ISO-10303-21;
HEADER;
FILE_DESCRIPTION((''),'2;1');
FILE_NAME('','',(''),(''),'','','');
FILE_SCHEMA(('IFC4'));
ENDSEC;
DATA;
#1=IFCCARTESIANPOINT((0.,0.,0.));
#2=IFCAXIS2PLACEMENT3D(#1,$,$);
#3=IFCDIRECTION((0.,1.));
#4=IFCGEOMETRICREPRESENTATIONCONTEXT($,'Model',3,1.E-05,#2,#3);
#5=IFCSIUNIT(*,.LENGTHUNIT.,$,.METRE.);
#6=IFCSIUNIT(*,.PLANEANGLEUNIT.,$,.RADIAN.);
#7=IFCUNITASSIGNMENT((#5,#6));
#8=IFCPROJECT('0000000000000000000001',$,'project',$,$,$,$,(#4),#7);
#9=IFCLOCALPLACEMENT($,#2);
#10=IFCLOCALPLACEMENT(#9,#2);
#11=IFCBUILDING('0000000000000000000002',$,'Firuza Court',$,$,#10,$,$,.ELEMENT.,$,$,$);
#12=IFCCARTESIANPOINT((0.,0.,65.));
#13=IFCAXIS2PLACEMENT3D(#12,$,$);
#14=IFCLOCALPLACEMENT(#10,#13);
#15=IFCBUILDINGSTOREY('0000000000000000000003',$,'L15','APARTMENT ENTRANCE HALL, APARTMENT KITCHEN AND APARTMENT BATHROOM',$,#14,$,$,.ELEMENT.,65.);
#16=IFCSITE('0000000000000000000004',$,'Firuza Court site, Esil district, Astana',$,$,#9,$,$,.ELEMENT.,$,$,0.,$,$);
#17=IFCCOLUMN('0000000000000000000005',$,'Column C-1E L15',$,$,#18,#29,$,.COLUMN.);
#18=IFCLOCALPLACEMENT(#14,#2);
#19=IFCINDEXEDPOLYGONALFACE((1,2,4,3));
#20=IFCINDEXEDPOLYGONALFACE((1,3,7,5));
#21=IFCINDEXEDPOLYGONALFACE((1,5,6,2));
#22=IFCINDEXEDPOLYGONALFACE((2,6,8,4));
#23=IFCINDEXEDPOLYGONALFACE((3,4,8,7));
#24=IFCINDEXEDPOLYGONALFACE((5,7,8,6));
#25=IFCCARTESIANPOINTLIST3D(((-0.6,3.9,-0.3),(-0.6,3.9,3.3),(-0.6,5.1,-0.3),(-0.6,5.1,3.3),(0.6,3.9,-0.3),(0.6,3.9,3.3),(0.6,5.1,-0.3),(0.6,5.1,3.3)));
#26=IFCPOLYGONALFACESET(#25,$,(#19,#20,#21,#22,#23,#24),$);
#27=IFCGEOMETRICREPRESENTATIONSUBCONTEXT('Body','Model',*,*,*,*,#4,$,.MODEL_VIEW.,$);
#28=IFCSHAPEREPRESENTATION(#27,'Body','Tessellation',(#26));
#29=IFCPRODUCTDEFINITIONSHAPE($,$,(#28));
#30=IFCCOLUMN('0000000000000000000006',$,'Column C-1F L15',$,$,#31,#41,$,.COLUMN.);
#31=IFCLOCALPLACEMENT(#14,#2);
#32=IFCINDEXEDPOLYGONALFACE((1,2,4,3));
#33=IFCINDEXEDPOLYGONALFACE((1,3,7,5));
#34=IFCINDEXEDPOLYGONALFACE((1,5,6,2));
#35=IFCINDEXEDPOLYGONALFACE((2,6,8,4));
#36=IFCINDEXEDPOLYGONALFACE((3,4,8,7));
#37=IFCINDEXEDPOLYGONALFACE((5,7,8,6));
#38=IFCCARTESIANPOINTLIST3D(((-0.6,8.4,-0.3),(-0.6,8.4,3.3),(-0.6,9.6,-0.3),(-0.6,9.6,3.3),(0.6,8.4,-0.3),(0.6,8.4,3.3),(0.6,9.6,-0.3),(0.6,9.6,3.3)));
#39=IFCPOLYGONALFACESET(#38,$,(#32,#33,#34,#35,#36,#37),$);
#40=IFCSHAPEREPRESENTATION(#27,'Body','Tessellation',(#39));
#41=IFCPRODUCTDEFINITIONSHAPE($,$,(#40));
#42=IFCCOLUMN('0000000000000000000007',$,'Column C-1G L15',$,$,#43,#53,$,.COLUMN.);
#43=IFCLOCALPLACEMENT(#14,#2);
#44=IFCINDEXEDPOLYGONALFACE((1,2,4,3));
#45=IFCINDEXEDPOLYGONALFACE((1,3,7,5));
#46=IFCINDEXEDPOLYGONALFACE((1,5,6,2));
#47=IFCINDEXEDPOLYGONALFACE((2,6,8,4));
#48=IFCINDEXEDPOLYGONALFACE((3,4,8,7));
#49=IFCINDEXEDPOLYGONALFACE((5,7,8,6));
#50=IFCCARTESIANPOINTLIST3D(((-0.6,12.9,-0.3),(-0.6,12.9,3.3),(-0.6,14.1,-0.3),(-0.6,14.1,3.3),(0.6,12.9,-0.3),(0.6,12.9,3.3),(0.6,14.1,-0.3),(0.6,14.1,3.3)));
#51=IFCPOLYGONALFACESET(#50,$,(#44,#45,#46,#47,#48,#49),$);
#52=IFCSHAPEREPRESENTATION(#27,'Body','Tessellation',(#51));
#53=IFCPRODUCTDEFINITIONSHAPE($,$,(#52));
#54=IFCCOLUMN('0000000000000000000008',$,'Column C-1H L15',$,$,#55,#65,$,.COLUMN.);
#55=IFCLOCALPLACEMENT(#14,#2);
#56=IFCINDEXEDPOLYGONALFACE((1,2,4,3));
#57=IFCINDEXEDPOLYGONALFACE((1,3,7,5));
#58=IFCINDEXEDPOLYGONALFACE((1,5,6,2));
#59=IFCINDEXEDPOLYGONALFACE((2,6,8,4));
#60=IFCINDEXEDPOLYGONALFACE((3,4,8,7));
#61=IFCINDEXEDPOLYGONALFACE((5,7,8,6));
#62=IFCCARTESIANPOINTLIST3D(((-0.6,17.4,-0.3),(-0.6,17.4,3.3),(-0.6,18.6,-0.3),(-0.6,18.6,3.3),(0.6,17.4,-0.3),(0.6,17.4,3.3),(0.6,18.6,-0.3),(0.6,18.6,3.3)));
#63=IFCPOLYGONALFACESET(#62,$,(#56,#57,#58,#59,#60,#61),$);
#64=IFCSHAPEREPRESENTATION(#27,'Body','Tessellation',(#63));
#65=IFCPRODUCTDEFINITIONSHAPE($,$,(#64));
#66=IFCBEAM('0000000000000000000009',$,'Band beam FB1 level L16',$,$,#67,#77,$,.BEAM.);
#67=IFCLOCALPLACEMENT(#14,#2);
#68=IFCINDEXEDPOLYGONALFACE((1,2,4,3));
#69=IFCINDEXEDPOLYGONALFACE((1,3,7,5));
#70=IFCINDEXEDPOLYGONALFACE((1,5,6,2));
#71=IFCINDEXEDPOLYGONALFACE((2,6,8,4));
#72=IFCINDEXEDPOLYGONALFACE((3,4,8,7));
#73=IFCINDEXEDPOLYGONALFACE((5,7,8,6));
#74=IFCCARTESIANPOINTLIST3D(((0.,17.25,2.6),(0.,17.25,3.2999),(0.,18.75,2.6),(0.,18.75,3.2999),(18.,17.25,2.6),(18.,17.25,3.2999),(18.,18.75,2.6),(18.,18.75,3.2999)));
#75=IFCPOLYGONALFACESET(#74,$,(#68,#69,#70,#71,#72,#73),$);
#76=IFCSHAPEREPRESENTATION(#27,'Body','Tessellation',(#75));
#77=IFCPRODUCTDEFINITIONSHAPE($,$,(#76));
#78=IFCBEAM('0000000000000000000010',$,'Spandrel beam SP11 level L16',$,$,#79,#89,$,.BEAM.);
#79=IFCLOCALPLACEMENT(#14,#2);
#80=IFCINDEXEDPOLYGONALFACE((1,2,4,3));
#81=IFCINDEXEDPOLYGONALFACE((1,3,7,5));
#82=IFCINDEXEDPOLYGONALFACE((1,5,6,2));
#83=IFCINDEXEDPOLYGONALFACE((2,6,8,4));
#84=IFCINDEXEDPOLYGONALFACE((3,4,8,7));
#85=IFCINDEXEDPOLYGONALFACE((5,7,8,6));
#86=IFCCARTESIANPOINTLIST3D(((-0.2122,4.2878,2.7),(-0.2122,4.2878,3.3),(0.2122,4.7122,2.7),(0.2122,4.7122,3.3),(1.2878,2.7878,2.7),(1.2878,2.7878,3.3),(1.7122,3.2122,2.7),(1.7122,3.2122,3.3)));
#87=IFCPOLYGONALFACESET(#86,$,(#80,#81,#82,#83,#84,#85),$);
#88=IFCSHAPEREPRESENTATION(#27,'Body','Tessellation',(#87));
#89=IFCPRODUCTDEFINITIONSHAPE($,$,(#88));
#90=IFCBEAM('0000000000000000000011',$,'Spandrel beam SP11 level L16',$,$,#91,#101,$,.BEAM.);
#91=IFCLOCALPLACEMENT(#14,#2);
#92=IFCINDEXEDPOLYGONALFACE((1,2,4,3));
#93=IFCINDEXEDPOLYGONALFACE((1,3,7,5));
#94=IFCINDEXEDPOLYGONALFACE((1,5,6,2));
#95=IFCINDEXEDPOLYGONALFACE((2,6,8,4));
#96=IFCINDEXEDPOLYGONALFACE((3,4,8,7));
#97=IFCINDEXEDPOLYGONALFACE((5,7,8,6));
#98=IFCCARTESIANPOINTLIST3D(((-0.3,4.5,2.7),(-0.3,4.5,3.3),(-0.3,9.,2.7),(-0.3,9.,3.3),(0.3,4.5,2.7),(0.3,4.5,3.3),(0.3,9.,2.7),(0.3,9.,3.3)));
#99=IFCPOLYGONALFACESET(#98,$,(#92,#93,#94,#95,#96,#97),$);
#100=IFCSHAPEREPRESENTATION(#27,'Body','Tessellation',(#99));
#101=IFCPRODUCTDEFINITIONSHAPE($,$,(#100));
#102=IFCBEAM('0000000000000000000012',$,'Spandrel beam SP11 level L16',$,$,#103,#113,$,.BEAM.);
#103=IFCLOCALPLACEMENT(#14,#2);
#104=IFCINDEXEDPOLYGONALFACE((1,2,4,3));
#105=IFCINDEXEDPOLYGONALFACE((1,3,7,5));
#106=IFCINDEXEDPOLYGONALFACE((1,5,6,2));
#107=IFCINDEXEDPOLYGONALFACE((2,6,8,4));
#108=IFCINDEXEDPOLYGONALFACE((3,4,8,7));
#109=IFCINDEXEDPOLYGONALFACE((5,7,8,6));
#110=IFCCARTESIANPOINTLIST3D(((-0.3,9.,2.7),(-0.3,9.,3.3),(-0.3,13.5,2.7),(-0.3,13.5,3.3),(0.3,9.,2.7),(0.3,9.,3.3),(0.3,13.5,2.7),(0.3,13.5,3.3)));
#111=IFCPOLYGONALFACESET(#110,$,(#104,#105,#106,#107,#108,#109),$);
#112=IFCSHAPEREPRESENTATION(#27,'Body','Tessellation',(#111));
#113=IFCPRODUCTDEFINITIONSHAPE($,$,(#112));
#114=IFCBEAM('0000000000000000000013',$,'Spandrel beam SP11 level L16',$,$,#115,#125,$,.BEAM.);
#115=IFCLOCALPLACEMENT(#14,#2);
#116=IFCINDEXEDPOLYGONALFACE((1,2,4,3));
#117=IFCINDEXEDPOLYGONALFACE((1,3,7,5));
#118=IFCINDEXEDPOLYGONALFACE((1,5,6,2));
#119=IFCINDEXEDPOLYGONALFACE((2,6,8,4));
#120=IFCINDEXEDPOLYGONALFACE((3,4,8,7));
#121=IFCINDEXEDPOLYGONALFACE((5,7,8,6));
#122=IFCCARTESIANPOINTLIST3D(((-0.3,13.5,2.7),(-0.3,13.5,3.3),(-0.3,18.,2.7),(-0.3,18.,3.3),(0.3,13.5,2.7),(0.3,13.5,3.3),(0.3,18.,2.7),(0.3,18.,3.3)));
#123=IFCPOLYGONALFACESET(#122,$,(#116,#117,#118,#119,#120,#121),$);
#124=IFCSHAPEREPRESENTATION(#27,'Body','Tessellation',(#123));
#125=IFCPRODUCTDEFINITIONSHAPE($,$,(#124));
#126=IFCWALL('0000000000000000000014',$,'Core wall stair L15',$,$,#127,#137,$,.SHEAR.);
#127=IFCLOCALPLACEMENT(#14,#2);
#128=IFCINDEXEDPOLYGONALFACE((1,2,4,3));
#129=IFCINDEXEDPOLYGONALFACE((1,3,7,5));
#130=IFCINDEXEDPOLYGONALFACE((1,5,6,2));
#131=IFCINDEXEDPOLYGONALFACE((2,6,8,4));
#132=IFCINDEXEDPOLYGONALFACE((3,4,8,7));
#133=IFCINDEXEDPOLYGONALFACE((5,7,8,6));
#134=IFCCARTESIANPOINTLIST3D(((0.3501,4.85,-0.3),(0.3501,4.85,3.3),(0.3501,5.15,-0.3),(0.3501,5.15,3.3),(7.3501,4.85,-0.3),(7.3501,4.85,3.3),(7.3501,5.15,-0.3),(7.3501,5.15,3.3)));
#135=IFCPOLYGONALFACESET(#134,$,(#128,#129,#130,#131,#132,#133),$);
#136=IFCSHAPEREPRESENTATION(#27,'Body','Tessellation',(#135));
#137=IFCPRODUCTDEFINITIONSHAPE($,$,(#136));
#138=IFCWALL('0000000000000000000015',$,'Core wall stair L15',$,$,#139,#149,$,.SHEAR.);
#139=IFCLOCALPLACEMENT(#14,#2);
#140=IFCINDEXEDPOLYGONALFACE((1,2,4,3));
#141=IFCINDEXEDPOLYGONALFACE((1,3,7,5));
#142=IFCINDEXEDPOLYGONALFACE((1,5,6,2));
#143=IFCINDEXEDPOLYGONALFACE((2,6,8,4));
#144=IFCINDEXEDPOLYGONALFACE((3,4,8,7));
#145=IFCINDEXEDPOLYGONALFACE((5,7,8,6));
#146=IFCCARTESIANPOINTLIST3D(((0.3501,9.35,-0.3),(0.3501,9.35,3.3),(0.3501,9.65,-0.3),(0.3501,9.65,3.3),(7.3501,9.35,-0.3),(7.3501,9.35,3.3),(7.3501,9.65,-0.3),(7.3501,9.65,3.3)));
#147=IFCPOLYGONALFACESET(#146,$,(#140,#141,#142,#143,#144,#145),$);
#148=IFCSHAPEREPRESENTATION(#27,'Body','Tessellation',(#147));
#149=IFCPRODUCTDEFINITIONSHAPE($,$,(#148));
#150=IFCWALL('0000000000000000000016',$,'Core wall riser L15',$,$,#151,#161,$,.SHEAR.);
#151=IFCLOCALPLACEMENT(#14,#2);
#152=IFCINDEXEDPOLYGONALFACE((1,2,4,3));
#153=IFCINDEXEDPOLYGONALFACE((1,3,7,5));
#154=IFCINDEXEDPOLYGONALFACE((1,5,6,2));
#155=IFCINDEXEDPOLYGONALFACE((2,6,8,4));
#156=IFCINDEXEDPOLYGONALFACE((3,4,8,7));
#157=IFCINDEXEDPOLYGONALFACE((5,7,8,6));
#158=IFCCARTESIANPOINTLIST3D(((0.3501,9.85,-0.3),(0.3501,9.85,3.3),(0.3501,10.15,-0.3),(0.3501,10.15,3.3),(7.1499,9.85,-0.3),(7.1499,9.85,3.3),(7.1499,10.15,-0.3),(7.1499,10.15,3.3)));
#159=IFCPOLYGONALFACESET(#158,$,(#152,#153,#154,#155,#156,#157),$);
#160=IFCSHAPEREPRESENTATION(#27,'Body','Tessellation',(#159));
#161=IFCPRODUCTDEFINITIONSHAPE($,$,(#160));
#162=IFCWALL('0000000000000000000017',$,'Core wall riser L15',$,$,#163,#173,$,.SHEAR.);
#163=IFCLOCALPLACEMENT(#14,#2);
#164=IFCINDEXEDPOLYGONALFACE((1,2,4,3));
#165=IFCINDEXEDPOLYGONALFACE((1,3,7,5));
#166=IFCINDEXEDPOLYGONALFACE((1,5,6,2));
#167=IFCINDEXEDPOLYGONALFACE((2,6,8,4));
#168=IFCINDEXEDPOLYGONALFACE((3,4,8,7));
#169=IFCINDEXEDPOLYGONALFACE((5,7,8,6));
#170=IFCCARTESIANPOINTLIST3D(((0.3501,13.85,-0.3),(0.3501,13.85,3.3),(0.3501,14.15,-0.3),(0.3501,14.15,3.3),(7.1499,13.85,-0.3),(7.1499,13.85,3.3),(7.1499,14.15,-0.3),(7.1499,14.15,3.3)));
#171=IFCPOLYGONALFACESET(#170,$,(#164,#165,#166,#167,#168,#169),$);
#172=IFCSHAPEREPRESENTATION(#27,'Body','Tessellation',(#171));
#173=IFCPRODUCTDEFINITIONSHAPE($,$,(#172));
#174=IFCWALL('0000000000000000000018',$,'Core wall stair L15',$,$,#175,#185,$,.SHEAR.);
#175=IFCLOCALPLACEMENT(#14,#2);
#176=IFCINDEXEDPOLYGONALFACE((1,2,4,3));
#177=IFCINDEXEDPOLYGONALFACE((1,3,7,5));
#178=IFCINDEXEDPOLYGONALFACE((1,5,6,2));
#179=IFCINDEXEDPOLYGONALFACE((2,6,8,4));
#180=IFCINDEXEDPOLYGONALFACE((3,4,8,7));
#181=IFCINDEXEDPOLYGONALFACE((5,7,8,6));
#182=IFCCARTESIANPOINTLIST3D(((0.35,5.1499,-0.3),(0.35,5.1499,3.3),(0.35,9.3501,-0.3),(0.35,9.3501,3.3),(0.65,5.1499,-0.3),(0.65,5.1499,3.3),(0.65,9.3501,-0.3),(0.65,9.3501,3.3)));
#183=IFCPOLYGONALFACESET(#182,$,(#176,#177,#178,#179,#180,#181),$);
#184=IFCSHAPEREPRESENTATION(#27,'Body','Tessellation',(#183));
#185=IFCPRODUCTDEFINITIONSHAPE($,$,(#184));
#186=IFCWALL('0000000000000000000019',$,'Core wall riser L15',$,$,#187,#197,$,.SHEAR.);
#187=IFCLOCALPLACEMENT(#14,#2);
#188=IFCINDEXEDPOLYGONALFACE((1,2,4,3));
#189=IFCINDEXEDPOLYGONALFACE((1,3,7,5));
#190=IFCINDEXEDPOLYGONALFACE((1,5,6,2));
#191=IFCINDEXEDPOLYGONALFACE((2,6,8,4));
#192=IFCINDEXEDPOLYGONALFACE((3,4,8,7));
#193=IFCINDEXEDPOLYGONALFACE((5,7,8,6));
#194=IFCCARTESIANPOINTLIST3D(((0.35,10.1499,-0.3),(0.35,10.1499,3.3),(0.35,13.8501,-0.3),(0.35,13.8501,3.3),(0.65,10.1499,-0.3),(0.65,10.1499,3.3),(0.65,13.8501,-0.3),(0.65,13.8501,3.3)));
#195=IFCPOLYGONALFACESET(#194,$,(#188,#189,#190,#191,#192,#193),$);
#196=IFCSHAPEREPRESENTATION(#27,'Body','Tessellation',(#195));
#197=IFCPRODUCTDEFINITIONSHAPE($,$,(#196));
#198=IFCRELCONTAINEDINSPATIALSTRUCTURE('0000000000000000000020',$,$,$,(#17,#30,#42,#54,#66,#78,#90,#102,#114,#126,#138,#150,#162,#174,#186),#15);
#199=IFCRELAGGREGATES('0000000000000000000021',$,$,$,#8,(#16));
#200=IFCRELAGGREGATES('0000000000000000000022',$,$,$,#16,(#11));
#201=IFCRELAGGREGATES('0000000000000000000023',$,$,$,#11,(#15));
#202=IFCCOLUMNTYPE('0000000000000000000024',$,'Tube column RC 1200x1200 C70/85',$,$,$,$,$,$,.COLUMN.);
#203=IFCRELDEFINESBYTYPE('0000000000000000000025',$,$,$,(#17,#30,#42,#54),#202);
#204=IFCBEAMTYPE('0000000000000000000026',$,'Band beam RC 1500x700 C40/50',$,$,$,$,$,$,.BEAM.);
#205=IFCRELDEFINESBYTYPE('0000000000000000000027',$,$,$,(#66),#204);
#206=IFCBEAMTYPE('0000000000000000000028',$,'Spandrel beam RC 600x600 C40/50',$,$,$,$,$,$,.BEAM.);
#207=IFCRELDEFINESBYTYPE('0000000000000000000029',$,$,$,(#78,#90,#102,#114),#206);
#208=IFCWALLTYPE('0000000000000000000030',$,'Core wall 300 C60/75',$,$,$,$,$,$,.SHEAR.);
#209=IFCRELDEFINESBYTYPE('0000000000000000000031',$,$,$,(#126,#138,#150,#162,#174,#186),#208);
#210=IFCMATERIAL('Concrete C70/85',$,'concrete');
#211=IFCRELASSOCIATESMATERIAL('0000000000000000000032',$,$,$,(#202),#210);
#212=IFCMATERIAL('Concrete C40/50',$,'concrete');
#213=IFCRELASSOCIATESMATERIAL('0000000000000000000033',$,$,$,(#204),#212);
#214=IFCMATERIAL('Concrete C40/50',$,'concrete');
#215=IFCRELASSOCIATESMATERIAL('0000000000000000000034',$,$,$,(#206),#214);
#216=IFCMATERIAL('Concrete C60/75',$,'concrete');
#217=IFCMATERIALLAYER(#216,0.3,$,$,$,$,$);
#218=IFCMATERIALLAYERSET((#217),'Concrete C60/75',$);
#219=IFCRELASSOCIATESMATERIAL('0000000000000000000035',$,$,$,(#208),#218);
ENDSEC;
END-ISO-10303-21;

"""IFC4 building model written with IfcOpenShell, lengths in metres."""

from ifc_helpers import new_model, si_unit, direction, frame, frame_2d, origin, origin_2d, place, context, subcontext, project, spatial, rectangle, extrude, material, layer, layer_set, material_profile, profile_set, type_object, element, save


model = new_model("IFC4")

# Units and contexts
model_context = context("Model", 3, precision=1e-05, world=origin(), true_north=direction((0.0, 1.0)))
body_context = subcontext(model_context, "Body", "Model", "MODEL_VIEW")
ifc_project = project(units=[si_unit("LENGTHUNIT", "METRE"), si_unit("PLANEANGLEUNIT", "RADIAN")], contexts=[model_context])

# Site, building, storey
site_placement = place(None, origin())
site = spatial("IfcSite", under=ifc_project, at=site_placement, Name="Firuza Court site, Esil district, Astana", CompositionType="ELEMENT", RefElevation=0.0)
building_placement = place(site_placement, origin())
building = spatial("IfcBuilding", under=site, at=building_placement, Name="Firuza Court", CompositionType="ELEMENT")
storey_placement = place(building_placement, frame((0.0, 0.0, 65.0)))
storey = spatial("IfcBuildingStorey", under=building, at=storey_placement, Name="L15", Description="APARTMENT ENTRANCE HALL, APARTMENT KITCHEN AND APARTMENT BATHROOM", CompositionType="ELEMENT", Elevation=65.0)

# Columns
ifc_material_1 = material(Name="Concrete C70/85", Category="concrete")
ifc_material_profile_1 = material_profile(ifc_material_1, rectangle(XDim=1.2, YDim=1.2, at=origin_2d()), Name="RC 1200x1200")
ifc_profile_set_1 = profile_set([ifc_material_profile_1], Name="Concrete C70/85")
column_type = type_object("IfcColumnType", Name="Tube column RC 1200x1200 C70/85", PredefinedType="COLUMN", material=ifc_profile_set_1)
for number, where, z_axis, x_axis, name in (
    (1, (0.0, 4.5, -0.3), (0.0, 0.0, 1.0), (1.0, 0.0, 0.0), "Column C-1E L15"),
    (2, (0.0, 9.0, -0.3), (0.0, 0.0, 1.0), (1.0, 0.0, 0.0), "Column C-1F L15"),
    (3, (0.0, 13.5, -0.3), (0.0, 0.0, 1.0), (1.0, 0.0, 0.0), "Column C-1G L15"),
    (4, (0.0, 18.0, -0.3), (0.0, 0.0, 1.0), (1.0, 0.0, 0.0), "Column C-1H L15"),
):
    element("IfcColumn", number, at=place(storey_placement, frame(where, z_axis=z_axis, x_axis=x_axis)), inside=storey, type_object=column_type, Name=name, PredefinedType="COLUMN", context=body_context, shape_type="SweptSolid", body=[
        extrude(rectangle(XDim=1.2, YDim=1.2, at=origin_2d()), origin(), (0.0, 0.0, 1.0), 3.6001),
    ])

# Beams
ifc_material_2 = material(Name="Concrete C40/50", Category="concrete")
ifc_material_profile_2 = material_profile(ifc_material_2, rectangle(XDim=1.5, YDim=0.7, at=origin_2d()), Name="RC 1500x700")
ifc_profile_set_2 = profile_set([ifc_material_profile_2], Name="Concrete C40/50")
beam_type_1 = type_object("IfcBeamType", Name="Band beam RC 1500x700 C40/50", PredefinedType="BEAM", material=ifc_profile_set_2)
beam_1_placement = place(storey_placement, frame((0.0, 18.0, 2.95), z_axis=(1.0, 0.0, 0.0), x_axis=(0.0, 1.0, 0.0)))
element("IfcBeam", 5, at=beam_1_placement, inside=storey, type_object=beam_type_1, Name="Band beam FB1 level L16", PredefinedType="BEAM", context=body_context, shape_type="SweptSolid", body=[
    extrude(rectangle(XDim=1.5, YDim=0.7, at=origin_2d()), origin(), (0.0, 0.0, 1.0), 18.0),
])
ifc_material_3 = material(Name="Concrete C40/50", Category="concrete")
ifc_material_profile_3 = material_profile(ifc_material_3, rectangle(XDim=0.6001, YDim=0.6001, at=origin_2d()), Name="RC 600x600")
ifc_profile_set_3 = profile_set([ifc_material_profile_3], Name="Concrete C40/50")
beam_type_2 = type_object("IfcBeamType", Name="Spandrel beam RC 600x600 C40/50", PredefinedType="BEAM", material=ifc_profile_set_3)
beam_2_placement = place(storey_placement, frame((0.0, 4.5, 3.0), z_axis=(0.707107, -0.707107, 0.0), x_axis=(0.707107, 0.707107, 0.0)))
element("IfcBeam", 6, at=beam_2_placement, inside=storey, type_object=beam_type_2, Name="Spandrel beam SP11 level L16", PredefinedType="BEAM", context=body_context, shape_type="SweptSolid", body=[
    extrude(rectangle(XDim=0.6001, YDim=0.6001, at=origin_2d()), origin(), (0.0, 0.0, 1.0), 2.1213),
])
for number, where, z_axis, x_axis, name in (
    (7, (0.0, 9.0, 3.0), (0.0, -1.0, 0.0), (1.0, 0.0, 0.0), "Spandrel beam SP11 level L16"),
    (8, (0.0, 13.5, 3.0), (0.0, -1.0, 0.0), (1.0, 0.0, 0.0), "Spandrel beam SP11 level L16"),
    (9, (0.0, 18.0, 3.0), (0.0, -1.0, 0.0), (1.0, 0.0, 0.0), "Spandrel beam SP11 level L16"),
):
    element("IfcBeam", number, at=place(storey_placement, frame(where, z_axis=z_axis, x_axis=x_axis)), inside=storey, type_object=beam_type_2, Name=name, PredefinedType="BEAM", context=body_context, shape_type="SweptSolid", body=[
        extrude(rectangle(XDim=0.6001, YDim=0.6001, at=origin_2d()), origin(), (0.0, 0.0, 1.0), 4.5),
    ])

# Walls
ifc_material_4 = material(Name="Concrete C60/75", Category="concrete")
ifc_layer_1 = layer(ifc_material_4, 0.3)
ifc_layer_set_1 = layer_set([ifc_layer_1], Name="Concrete C60/75")
wall_type_1 = type_object("IfcWallType", Name="Core wall 300 C60/75", PredefinedType="SHEAR", material=ifc_layer_set_1)
for number, where, z_axis, x_axis, name in (
    (10, (0.3501, 5.0, -0.3), (0.0, 0.0, 1.0), (1.0, 0.0, 0.0), "Core wall stair L15"),
    (11, (0.3501, 9.5, -0.3), (0.0, 0.0, 1.0), (1.0, 0.0, 0.0), "Core wall stair L15"),
):
    element("IfcWall", number, at=place(storey_placement, frame(where, z_axis=z_axis, x_axis=x_axis)), inside=storey, type_object=wall_type_1, Name=name, PredefinedType="SHEAR", context=body_context, shape_type="SweptSolid", body=[
        extrude(rectangle(XDim=7.0, YDim=0.3, at=frame_2d((3.5, 0.0))), origin(), (0.0, 0.0, 1.0), 3.6001),
    ])
for number, where, z_axis, x_axis, name in (
    (12, (0.3501, 10.0, -0.3), (0.0, 0.0, 1.0), (1.0, 0.0, 0.0), "Core wall riser L15"),
    (13, (0.3501, 14.0, -0.3), (0.0, 0.0, 1.0), (1.0, 0.0, 0.0), "Core wall riser L15"),
):
    element("IfcWall", number, at=place(storey_placement, frame(where, z_axis=z_axis, x_axis=x_axis)), inside=storey, type_object=wall_type_1, Name=name, PredefinedType="SHEAR", context=body_context, shape_type="SweptSolid", body=[
        extrude(rectangle(XDim=6.7998, YDim=0.3, at=frame_2d((3.3999, 0.0))), origin(), (0.0, 0.0, 1.0), 3.6001),
    ])
wall_1_placement = place(storey_placement, frame((0.5, 5.1499, -0.3), z_axis=(0.0, 0.0, 1.0), x_axis=(0.0, 1.0, 0.0)))
element("IfcWall", 14, at=wall_1_placement, inside=storey, type_object=wall_type_1, Name="Core wall stair L15", PredefinedType="SHEAR", context=body_context, shape_type="SweptSolid", body=[
    extrude(rectangle(XDim=4.2002, YDim=0.3, at=frame_2d((2.1001, 0.0))), origin(), (0.0, 0.0, 1.0), 3.6001),
])
wall_2_placement = place(storey_placement, frame((0.5, 10.1499, -0.3), z_axis=(0.0, 0.0, 1.0), x_axis=(0.0, 1.0, 0.0)))
element("IfcWall", 15, at=wall_2_placement, inside=storey, type_object=wall_type_1, Name="Core wall riser L15", PredefinedType="SHEAR", context=body_context, shape_type="SweptSolid", body=[
    extrude(rectangle(XDim=3.7002, YDim=0.3, at=frame_2d((1.8501, 0.0))), origin(), (0.0, 0.0, 1.0), 3.6001),
])

save(model, "model.ifc")
